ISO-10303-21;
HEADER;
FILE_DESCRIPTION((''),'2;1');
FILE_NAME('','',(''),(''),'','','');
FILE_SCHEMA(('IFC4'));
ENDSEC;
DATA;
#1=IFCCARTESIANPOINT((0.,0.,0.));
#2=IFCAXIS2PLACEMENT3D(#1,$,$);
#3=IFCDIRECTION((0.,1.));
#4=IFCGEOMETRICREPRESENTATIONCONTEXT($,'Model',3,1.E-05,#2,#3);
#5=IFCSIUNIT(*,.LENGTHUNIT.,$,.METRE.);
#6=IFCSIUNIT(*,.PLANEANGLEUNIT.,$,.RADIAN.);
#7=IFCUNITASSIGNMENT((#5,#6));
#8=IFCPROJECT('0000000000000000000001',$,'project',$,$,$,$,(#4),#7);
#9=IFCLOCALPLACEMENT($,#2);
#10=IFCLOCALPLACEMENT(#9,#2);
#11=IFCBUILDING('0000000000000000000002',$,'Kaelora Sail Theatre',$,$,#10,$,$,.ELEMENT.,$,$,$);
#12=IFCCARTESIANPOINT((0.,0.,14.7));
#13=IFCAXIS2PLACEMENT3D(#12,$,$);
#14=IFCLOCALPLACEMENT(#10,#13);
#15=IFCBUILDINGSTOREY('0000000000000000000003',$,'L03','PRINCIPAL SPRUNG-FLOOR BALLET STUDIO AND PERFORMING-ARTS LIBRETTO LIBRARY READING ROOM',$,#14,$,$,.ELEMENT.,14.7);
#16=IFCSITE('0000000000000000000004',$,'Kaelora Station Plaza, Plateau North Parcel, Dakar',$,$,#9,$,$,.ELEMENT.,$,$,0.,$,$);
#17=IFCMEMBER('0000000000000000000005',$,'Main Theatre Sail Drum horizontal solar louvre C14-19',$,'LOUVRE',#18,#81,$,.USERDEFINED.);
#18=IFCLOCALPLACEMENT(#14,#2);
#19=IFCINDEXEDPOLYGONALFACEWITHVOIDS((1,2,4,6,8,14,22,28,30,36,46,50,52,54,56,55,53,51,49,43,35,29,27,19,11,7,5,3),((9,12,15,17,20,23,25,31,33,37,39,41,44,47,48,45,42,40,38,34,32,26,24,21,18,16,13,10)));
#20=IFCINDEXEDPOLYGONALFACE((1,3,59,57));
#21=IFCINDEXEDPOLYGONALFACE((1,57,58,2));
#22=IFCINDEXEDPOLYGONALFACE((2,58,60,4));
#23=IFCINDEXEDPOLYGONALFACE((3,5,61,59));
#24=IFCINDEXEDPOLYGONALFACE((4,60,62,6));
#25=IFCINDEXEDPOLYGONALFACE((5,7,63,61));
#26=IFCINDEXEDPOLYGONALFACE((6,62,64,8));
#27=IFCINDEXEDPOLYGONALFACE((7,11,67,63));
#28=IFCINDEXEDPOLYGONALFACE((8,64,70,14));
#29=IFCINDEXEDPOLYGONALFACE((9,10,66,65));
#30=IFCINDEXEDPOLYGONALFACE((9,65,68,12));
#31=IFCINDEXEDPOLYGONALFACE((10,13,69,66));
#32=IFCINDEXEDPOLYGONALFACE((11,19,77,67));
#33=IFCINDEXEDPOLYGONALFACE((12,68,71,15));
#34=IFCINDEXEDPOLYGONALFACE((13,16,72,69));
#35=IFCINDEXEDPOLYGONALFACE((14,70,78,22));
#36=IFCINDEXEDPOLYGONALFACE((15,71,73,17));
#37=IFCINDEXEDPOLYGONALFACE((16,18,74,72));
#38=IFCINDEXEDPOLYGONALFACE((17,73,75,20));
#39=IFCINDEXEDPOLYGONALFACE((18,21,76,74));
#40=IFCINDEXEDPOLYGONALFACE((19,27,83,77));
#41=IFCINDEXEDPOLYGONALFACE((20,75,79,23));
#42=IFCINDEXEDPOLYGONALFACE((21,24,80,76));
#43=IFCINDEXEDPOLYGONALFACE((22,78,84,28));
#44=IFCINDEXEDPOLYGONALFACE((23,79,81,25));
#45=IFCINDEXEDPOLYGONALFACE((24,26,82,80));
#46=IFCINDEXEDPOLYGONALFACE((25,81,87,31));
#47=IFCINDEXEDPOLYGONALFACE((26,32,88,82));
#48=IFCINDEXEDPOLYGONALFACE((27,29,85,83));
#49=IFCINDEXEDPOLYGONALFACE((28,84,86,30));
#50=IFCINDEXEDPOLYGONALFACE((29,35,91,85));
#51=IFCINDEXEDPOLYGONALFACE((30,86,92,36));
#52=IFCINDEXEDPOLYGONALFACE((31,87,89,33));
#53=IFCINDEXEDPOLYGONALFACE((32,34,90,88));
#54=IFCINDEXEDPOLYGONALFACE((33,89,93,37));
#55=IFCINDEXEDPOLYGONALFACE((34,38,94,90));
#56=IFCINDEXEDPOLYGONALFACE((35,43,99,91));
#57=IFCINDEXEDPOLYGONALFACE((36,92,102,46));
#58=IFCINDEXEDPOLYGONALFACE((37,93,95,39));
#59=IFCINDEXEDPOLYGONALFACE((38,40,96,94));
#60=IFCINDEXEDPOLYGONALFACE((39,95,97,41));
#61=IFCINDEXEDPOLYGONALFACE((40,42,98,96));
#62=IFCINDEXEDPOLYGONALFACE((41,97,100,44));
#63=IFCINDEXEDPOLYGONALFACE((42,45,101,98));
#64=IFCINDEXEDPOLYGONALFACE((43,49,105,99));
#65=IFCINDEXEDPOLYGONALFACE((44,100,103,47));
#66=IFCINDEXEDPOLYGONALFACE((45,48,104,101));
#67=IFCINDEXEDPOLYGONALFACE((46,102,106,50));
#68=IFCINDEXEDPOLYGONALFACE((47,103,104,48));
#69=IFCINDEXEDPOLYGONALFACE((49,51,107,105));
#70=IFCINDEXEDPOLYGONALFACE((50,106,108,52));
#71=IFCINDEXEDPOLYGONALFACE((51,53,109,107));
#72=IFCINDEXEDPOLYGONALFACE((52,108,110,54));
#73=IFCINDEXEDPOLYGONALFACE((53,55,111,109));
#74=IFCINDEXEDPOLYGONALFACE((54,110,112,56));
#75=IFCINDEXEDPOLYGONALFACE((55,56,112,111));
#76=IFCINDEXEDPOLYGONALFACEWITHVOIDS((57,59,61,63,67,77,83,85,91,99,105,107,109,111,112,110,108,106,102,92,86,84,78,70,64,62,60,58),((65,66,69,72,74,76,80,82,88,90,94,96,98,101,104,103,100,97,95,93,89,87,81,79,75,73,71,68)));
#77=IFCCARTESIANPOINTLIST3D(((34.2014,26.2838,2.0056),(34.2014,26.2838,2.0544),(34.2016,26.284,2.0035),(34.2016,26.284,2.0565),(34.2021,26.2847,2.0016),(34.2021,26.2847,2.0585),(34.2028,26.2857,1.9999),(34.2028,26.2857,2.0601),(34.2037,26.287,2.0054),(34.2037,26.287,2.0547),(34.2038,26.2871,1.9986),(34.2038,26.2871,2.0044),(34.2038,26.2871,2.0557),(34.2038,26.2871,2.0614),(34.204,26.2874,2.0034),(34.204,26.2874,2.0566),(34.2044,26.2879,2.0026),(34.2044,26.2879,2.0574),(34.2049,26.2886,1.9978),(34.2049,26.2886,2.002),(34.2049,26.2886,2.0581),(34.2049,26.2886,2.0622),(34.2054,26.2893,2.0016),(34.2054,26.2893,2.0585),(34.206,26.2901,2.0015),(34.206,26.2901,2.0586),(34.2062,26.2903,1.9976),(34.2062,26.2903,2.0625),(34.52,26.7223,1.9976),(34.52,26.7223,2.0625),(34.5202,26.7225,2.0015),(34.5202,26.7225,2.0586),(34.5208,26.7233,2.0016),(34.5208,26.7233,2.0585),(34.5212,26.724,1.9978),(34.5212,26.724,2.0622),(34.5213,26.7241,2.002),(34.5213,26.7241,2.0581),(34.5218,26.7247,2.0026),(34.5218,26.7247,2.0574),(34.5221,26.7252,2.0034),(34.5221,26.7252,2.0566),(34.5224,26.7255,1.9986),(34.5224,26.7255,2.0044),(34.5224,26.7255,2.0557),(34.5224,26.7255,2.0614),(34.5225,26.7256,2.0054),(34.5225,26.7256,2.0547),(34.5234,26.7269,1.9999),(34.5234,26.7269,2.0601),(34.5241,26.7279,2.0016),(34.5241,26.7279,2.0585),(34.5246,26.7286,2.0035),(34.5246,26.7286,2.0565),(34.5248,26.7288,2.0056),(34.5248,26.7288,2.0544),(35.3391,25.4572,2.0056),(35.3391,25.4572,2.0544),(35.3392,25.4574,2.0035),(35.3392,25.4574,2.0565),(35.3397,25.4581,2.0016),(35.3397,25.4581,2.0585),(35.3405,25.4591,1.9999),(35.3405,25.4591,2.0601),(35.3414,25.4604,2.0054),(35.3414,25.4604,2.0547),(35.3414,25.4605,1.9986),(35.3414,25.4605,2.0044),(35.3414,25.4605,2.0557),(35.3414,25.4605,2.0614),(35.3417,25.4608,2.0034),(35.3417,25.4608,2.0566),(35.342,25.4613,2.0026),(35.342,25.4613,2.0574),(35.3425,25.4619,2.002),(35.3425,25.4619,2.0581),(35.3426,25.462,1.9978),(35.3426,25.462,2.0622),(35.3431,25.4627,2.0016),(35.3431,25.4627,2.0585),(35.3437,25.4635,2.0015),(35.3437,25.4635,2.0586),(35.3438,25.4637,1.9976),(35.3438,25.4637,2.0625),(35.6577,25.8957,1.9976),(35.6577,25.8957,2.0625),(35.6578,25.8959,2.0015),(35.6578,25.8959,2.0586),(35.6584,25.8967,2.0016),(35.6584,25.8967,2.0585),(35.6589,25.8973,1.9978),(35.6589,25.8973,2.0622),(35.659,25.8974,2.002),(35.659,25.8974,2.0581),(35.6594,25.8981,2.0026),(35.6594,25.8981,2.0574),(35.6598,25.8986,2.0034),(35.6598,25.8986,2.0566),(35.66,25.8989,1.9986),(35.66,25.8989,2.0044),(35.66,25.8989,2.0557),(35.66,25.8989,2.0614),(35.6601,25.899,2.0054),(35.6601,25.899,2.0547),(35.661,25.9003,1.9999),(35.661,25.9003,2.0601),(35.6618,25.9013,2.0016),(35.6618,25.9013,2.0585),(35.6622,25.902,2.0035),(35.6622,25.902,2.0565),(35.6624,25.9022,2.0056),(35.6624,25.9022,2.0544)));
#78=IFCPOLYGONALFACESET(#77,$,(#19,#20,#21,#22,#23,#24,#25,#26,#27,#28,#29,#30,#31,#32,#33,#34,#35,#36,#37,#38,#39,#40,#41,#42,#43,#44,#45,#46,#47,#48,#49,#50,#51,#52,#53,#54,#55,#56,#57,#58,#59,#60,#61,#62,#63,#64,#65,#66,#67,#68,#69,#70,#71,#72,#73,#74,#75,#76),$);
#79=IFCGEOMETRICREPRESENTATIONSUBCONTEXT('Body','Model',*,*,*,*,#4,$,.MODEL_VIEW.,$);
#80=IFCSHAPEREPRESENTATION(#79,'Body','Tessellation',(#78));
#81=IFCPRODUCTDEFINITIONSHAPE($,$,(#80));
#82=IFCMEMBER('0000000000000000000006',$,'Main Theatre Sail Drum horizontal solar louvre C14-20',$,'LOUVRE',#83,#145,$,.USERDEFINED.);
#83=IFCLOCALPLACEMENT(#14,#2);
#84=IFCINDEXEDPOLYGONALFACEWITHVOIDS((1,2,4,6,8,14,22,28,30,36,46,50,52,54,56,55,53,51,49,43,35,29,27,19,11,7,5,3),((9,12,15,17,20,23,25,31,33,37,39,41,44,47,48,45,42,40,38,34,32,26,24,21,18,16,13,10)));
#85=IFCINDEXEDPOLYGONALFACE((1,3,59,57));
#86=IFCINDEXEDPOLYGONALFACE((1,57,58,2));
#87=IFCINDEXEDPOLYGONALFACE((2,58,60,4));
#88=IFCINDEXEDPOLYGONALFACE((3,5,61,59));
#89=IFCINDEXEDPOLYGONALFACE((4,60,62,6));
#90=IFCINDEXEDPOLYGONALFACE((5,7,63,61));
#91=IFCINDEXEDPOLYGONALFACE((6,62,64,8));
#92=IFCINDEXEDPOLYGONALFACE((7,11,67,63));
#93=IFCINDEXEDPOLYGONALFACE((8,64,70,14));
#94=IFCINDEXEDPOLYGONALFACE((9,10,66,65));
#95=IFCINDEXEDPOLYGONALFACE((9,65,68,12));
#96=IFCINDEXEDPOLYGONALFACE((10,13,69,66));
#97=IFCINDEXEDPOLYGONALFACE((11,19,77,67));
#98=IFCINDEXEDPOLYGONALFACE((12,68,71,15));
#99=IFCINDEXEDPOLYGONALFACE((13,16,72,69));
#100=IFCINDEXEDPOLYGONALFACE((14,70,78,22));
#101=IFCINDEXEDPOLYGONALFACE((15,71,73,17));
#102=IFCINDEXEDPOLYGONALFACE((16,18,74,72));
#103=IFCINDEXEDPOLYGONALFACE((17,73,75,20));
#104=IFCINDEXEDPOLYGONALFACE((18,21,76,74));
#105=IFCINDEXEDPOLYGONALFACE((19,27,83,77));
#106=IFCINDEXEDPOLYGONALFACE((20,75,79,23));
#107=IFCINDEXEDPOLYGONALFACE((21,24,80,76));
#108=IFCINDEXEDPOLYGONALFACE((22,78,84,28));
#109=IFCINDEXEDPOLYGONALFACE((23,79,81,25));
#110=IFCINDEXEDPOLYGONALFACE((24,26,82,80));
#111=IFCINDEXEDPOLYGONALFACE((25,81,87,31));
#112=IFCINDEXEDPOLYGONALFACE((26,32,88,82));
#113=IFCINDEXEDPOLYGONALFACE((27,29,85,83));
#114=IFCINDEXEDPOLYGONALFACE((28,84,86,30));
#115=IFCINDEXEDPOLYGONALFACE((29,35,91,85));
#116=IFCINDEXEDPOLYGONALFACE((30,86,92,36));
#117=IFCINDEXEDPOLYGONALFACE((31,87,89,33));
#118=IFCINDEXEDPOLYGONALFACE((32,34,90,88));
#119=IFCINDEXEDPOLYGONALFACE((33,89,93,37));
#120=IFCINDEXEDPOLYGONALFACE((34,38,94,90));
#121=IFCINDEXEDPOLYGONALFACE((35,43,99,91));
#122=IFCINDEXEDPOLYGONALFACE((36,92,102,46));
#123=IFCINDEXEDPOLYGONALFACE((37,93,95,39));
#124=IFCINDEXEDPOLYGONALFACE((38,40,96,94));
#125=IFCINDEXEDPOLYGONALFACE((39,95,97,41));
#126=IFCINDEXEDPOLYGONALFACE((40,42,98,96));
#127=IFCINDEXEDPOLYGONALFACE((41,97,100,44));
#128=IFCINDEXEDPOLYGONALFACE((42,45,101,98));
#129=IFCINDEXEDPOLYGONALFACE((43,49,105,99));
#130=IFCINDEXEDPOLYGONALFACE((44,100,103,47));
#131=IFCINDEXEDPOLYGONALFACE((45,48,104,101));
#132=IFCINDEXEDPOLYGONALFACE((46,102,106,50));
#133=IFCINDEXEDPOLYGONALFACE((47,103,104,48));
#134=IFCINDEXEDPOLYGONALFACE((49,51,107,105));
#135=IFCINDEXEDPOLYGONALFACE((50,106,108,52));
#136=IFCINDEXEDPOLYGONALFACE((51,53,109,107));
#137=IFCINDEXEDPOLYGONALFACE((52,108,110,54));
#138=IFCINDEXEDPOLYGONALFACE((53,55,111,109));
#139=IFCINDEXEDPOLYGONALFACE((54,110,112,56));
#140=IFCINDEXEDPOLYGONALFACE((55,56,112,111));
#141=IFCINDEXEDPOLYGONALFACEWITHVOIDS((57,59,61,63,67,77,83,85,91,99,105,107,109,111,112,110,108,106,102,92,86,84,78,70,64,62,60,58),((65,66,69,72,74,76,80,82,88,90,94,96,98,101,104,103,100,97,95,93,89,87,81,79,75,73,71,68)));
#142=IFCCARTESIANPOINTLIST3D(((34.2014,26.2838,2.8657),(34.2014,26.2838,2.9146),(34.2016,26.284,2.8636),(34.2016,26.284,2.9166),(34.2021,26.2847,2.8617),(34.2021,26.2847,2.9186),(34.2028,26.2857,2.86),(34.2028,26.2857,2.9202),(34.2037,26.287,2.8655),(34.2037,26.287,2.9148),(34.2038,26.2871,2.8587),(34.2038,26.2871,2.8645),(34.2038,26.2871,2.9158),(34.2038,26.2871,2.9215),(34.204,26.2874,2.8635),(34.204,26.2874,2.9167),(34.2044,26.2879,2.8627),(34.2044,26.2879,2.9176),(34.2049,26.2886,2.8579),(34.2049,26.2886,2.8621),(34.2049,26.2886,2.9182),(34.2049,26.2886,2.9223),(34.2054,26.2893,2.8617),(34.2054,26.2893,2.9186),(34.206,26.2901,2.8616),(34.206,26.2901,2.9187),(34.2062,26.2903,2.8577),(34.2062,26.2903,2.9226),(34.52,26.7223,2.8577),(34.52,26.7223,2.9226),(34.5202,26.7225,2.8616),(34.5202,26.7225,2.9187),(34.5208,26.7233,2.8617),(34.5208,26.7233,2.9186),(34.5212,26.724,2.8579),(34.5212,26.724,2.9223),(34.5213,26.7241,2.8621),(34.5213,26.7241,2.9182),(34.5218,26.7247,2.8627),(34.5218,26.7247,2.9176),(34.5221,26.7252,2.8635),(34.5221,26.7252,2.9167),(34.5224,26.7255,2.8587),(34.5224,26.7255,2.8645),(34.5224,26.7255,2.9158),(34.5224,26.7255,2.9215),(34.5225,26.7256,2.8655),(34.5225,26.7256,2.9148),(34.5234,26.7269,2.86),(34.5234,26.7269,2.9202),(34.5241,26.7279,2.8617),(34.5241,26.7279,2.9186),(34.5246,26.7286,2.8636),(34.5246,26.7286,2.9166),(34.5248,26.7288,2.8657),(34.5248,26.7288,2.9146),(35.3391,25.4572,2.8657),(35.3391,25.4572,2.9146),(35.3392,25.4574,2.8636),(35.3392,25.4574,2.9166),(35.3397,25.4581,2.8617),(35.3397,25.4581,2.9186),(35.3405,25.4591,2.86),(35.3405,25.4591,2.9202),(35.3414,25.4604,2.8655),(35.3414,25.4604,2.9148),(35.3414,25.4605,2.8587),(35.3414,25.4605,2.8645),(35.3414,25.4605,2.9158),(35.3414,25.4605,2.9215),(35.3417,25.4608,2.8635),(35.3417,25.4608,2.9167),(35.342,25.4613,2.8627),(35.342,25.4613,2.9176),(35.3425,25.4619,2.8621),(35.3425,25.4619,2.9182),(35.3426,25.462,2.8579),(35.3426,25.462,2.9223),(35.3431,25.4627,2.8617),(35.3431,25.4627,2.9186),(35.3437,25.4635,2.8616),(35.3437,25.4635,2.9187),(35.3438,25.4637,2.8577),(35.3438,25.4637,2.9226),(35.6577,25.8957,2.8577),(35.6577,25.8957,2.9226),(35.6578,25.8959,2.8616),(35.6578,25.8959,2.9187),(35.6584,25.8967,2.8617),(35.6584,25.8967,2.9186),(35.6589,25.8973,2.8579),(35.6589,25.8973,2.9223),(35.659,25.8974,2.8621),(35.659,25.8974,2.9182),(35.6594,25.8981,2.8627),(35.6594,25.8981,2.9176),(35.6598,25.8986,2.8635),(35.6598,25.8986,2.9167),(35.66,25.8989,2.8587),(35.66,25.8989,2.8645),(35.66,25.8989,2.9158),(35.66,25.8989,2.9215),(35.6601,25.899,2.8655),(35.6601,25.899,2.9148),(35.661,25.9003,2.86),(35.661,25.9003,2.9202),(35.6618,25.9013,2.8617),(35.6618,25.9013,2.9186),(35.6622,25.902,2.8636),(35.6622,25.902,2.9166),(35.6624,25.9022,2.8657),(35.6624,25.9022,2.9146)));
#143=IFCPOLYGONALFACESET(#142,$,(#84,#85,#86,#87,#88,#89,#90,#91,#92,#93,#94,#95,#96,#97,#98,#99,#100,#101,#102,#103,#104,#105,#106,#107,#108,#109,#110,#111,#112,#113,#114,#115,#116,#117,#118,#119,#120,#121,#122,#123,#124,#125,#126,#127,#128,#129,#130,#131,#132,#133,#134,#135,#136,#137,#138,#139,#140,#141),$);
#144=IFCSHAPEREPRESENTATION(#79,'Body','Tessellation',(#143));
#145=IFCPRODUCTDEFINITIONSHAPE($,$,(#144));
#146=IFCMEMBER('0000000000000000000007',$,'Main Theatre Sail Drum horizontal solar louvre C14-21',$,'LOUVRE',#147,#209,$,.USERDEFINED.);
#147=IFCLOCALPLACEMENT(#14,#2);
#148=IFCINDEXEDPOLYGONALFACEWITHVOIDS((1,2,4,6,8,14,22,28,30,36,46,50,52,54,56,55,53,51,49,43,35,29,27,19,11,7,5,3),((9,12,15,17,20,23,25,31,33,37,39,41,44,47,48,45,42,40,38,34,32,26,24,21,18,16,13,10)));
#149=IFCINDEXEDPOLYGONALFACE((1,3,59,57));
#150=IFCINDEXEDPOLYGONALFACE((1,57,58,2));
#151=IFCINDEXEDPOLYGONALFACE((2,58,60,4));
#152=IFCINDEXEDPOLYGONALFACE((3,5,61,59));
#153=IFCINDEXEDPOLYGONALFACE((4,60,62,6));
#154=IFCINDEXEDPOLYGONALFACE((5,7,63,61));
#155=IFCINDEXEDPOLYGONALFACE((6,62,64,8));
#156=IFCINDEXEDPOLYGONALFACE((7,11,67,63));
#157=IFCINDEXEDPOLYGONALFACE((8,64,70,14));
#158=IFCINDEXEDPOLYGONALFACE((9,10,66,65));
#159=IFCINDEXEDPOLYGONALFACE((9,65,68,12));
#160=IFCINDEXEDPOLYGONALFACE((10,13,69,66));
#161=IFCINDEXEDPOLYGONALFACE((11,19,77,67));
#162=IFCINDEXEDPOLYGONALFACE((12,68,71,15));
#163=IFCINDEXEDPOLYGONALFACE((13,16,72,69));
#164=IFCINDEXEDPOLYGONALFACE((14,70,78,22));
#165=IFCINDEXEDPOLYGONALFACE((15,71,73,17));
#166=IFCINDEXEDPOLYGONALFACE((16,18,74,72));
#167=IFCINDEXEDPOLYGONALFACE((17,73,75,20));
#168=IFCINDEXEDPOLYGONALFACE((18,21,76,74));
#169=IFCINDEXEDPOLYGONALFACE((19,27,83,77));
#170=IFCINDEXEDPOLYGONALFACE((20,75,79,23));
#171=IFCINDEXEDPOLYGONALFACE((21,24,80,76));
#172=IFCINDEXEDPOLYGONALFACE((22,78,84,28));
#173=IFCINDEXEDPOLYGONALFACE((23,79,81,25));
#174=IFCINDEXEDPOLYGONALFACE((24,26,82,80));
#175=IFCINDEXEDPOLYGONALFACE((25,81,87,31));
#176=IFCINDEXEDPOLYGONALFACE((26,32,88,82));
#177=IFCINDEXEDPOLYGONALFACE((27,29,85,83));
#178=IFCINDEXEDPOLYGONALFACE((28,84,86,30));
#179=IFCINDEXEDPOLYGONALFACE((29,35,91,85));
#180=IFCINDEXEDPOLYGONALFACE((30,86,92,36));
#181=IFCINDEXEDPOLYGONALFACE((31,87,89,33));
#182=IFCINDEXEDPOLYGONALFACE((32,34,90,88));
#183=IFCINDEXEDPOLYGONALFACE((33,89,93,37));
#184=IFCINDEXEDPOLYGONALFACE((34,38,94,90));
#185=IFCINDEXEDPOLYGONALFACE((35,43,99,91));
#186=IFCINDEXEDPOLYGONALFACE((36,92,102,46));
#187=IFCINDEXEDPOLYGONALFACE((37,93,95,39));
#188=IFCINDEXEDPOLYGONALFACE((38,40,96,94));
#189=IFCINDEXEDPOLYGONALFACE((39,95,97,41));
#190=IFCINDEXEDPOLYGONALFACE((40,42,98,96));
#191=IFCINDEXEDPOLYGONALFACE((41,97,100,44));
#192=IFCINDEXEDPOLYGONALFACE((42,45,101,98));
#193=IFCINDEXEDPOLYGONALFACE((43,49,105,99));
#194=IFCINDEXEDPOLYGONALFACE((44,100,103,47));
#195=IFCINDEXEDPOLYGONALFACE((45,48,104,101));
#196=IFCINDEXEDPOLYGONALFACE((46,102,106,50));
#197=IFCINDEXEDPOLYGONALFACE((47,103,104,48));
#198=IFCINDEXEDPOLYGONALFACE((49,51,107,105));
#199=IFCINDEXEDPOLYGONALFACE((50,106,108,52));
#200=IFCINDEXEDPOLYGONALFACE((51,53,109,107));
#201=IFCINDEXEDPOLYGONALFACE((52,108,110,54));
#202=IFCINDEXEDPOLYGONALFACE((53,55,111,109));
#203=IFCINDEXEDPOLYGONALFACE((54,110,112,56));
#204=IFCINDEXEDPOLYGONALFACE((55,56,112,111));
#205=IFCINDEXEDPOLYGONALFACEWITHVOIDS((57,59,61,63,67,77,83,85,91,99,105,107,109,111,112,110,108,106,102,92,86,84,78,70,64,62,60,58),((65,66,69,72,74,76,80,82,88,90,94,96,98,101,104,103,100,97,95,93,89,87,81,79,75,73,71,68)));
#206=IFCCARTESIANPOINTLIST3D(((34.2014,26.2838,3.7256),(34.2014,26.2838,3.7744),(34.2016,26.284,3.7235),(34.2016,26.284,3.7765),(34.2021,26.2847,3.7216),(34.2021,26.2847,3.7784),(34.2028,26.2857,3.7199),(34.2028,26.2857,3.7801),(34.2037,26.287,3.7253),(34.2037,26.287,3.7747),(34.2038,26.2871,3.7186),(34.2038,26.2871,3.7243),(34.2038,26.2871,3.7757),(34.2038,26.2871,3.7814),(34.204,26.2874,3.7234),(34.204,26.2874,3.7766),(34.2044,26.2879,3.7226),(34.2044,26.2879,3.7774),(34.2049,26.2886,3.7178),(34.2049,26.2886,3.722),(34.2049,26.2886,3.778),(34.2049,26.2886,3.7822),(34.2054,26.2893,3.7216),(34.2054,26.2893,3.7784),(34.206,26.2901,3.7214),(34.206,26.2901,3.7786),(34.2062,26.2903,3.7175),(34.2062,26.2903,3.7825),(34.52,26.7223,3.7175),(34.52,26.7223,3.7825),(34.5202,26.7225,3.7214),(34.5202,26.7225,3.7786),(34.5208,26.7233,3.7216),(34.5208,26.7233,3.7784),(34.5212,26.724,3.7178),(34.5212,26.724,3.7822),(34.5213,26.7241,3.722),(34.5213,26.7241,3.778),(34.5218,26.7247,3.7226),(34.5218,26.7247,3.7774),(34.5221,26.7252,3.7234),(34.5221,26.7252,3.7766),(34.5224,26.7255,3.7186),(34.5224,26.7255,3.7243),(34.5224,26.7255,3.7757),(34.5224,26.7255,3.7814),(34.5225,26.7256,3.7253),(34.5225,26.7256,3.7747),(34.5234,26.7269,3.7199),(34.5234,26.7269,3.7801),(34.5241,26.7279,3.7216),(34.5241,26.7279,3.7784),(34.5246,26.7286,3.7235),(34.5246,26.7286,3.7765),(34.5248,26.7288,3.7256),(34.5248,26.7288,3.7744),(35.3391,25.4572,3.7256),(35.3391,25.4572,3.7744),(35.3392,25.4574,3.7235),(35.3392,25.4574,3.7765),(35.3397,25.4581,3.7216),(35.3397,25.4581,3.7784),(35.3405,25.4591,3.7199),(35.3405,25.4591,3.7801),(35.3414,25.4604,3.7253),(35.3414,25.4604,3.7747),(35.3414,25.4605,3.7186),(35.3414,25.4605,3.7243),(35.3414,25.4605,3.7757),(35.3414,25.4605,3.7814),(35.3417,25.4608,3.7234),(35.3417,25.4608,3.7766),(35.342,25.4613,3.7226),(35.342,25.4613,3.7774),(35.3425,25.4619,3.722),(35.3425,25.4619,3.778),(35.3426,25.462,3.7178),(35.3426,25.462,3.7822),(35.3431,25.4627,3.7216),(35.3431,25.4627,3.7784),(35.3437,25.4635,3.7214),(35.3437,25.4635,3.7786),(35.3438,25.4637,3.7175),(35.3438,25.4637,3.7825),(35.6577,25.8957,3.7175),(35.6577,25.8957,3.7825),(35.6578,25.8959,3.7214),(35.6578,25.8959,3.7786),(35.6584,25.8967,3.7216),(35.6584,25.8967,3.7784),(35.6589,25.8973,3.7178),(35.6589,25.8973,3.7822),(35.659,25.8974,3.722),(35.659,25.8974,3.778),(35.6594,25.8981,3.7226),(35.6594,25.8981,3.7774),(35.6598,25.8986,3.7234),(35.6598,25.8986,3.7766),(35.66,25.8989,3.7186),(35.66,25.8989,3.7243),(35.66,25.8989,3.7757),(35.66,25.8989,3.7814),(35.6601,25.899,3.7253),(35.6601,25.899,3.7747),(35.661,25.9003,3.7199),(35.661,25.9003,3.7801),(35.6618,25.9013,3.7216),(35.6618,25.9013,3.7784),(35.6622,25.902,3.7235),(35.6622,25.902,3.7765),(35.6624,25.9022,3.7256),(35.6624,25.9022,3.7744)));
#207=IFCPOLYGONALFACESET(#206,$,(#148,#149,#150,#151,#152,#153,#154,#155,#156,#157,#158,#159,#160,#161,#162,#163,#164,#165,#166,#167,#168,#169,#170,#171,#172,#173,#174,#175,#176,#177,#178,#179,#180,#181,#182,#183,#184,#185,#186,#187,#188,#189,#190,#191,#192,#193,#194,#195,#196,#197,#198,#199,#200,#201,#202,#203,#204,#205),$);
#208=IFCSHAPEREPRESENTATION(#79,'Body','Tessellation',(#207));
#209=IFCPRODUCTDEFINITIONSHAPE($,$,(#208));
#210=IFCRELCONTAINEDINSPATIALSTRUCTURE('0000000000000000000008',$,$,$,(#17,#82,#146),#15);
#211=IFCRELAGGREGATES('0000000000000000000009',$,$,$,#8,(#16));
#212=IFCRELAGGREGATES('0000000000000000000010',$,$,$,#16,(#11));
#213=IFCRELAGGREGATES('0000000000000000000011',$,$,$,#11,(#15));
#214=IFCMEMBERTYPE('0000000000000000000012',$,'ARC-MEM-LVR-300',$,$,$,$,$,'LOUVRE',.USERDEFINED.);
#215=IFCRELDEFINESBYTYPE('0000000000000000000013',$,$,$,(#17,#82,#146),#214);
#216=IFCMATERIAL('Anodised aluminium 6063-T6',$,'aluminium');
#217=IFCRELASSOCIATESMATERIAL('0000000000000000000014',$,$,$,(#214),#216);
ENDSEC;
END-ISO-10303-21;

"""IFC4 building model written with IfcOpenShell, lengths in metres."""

from ifc_helpers import new_model, si_unit, direction, frame, origin, origin_2d, place, context, subcontext, project, spatial, hollow_rectangle, extrude, material, material_profile, profile_set, type_object, element, save


model = new_model("IFC4")

# Units and contexts
model_context = context("Model", 3, precision=1e-05, world=origin(), true_north=direction((0.0, 1.0)))
body_context = subcontext(model_context, "Body", "Model", "MODEL_VIEW")
ifc_project = project(units=[si_unit("LENGTHUNIT", "METRE"), si_unit("PLANEANGLEUNIT", "RADIAN")], contexts=[model_context])

# Site, building, storey
site_placement = place(None, origin())
site = spatial("IfcSite", under=ifc_project, at=site_placement, Name="Kaelora Station Plaza, Plateau North Parcel, Dakar", CompositionType="ELEMENT", RefElevation=0.0)
building_placement = place(site_placement, origin())
building = spatial("IfcBuilding", under=site, at=building_placement, Name="Kaelora Sail Theatre", CompositionType="ELEMENT")
storey_placement = place(building_placement, frame((0.0, 0.0, 14.7)))
storey = spatial("IfcBuildingStorey", under=building, at=storey_placement, Name="L03", Description="PRINCIPAL SPRUNG-FLOOR BALLET STUDIO AND PERFORMING-ARTS LIBRETTO LIBRARY READING ROOM", CompositionType="ELEMENT", Elevation=14.7)

# Members
ifc_material_1 = material(Name="Anodised aluminium 6063-T6", Category="aluminium")
ifc_material_profile_1 = material_profile(ifc_material_1, hollow_rectangle(XDim=0.55, YDim=0.0649, WallThickness=0.0039, InnerFilletRadius=0.0039, OuterFilletRadius=0.0081, at=origin_2d()), Name="LOUVRE 550x65x4")
ifc_profile_set_1 = profile_set([ifc_material_profile_1], Name="Anodised aluminium 6063-T6")
member_type = type_object("IfcMemberType", Name="ARC-MEM-LVR-300", ElementType="LOUVRE", PredefinedType="USERDEFINED", material=ifc_profile_set_1)
for number, where, z_axis, x_axis, name in (
    (1, (35.5007, 25.6797, 2.03), (-0.808991, 0.587821, 0.0), (-0.587821, -0.808991, 0.0), "Main Theatre Sail Drum horizontal solar louvre C14-19"),
    (2, (35.5007, 25.6797, 2.8901), (-0.808991, 0.587821, 0.0), (-0.587821, -0.808991, 0.0), "Main Theatre Sail Drum horizontal solar louvre C14-20"),
    (3, (35.5007, 25.6797, 3.75), (-0.808991, 0.587821, 0.0), (-0.587821, -0.808991, 0.0), "Main Theatre Sail Drum horizontal solar louvre C14-21"),
):
    element("IfcMember", number, at=place(storey_placement, frame(where, z_axis=z_axis, x_axis=x_axis)), inside=storey, type_object=member_type, Name=name, ObjectType="LOUVRE", PredefinedType="USERDEFINED", context=body_context, shape_type="SweptSolid", body=[
        extrude(hollow_rectangle(XDim=0.55, YDim=0.0649, WallThickness=0.0039, InnerFilletRadius=0.0039, OuterFilletRadius=0.0081, at=origin_2d()), origin(), (0.0, 0.0, 1.0), 1.4062),
    ])

save(model, "model.ifc")
